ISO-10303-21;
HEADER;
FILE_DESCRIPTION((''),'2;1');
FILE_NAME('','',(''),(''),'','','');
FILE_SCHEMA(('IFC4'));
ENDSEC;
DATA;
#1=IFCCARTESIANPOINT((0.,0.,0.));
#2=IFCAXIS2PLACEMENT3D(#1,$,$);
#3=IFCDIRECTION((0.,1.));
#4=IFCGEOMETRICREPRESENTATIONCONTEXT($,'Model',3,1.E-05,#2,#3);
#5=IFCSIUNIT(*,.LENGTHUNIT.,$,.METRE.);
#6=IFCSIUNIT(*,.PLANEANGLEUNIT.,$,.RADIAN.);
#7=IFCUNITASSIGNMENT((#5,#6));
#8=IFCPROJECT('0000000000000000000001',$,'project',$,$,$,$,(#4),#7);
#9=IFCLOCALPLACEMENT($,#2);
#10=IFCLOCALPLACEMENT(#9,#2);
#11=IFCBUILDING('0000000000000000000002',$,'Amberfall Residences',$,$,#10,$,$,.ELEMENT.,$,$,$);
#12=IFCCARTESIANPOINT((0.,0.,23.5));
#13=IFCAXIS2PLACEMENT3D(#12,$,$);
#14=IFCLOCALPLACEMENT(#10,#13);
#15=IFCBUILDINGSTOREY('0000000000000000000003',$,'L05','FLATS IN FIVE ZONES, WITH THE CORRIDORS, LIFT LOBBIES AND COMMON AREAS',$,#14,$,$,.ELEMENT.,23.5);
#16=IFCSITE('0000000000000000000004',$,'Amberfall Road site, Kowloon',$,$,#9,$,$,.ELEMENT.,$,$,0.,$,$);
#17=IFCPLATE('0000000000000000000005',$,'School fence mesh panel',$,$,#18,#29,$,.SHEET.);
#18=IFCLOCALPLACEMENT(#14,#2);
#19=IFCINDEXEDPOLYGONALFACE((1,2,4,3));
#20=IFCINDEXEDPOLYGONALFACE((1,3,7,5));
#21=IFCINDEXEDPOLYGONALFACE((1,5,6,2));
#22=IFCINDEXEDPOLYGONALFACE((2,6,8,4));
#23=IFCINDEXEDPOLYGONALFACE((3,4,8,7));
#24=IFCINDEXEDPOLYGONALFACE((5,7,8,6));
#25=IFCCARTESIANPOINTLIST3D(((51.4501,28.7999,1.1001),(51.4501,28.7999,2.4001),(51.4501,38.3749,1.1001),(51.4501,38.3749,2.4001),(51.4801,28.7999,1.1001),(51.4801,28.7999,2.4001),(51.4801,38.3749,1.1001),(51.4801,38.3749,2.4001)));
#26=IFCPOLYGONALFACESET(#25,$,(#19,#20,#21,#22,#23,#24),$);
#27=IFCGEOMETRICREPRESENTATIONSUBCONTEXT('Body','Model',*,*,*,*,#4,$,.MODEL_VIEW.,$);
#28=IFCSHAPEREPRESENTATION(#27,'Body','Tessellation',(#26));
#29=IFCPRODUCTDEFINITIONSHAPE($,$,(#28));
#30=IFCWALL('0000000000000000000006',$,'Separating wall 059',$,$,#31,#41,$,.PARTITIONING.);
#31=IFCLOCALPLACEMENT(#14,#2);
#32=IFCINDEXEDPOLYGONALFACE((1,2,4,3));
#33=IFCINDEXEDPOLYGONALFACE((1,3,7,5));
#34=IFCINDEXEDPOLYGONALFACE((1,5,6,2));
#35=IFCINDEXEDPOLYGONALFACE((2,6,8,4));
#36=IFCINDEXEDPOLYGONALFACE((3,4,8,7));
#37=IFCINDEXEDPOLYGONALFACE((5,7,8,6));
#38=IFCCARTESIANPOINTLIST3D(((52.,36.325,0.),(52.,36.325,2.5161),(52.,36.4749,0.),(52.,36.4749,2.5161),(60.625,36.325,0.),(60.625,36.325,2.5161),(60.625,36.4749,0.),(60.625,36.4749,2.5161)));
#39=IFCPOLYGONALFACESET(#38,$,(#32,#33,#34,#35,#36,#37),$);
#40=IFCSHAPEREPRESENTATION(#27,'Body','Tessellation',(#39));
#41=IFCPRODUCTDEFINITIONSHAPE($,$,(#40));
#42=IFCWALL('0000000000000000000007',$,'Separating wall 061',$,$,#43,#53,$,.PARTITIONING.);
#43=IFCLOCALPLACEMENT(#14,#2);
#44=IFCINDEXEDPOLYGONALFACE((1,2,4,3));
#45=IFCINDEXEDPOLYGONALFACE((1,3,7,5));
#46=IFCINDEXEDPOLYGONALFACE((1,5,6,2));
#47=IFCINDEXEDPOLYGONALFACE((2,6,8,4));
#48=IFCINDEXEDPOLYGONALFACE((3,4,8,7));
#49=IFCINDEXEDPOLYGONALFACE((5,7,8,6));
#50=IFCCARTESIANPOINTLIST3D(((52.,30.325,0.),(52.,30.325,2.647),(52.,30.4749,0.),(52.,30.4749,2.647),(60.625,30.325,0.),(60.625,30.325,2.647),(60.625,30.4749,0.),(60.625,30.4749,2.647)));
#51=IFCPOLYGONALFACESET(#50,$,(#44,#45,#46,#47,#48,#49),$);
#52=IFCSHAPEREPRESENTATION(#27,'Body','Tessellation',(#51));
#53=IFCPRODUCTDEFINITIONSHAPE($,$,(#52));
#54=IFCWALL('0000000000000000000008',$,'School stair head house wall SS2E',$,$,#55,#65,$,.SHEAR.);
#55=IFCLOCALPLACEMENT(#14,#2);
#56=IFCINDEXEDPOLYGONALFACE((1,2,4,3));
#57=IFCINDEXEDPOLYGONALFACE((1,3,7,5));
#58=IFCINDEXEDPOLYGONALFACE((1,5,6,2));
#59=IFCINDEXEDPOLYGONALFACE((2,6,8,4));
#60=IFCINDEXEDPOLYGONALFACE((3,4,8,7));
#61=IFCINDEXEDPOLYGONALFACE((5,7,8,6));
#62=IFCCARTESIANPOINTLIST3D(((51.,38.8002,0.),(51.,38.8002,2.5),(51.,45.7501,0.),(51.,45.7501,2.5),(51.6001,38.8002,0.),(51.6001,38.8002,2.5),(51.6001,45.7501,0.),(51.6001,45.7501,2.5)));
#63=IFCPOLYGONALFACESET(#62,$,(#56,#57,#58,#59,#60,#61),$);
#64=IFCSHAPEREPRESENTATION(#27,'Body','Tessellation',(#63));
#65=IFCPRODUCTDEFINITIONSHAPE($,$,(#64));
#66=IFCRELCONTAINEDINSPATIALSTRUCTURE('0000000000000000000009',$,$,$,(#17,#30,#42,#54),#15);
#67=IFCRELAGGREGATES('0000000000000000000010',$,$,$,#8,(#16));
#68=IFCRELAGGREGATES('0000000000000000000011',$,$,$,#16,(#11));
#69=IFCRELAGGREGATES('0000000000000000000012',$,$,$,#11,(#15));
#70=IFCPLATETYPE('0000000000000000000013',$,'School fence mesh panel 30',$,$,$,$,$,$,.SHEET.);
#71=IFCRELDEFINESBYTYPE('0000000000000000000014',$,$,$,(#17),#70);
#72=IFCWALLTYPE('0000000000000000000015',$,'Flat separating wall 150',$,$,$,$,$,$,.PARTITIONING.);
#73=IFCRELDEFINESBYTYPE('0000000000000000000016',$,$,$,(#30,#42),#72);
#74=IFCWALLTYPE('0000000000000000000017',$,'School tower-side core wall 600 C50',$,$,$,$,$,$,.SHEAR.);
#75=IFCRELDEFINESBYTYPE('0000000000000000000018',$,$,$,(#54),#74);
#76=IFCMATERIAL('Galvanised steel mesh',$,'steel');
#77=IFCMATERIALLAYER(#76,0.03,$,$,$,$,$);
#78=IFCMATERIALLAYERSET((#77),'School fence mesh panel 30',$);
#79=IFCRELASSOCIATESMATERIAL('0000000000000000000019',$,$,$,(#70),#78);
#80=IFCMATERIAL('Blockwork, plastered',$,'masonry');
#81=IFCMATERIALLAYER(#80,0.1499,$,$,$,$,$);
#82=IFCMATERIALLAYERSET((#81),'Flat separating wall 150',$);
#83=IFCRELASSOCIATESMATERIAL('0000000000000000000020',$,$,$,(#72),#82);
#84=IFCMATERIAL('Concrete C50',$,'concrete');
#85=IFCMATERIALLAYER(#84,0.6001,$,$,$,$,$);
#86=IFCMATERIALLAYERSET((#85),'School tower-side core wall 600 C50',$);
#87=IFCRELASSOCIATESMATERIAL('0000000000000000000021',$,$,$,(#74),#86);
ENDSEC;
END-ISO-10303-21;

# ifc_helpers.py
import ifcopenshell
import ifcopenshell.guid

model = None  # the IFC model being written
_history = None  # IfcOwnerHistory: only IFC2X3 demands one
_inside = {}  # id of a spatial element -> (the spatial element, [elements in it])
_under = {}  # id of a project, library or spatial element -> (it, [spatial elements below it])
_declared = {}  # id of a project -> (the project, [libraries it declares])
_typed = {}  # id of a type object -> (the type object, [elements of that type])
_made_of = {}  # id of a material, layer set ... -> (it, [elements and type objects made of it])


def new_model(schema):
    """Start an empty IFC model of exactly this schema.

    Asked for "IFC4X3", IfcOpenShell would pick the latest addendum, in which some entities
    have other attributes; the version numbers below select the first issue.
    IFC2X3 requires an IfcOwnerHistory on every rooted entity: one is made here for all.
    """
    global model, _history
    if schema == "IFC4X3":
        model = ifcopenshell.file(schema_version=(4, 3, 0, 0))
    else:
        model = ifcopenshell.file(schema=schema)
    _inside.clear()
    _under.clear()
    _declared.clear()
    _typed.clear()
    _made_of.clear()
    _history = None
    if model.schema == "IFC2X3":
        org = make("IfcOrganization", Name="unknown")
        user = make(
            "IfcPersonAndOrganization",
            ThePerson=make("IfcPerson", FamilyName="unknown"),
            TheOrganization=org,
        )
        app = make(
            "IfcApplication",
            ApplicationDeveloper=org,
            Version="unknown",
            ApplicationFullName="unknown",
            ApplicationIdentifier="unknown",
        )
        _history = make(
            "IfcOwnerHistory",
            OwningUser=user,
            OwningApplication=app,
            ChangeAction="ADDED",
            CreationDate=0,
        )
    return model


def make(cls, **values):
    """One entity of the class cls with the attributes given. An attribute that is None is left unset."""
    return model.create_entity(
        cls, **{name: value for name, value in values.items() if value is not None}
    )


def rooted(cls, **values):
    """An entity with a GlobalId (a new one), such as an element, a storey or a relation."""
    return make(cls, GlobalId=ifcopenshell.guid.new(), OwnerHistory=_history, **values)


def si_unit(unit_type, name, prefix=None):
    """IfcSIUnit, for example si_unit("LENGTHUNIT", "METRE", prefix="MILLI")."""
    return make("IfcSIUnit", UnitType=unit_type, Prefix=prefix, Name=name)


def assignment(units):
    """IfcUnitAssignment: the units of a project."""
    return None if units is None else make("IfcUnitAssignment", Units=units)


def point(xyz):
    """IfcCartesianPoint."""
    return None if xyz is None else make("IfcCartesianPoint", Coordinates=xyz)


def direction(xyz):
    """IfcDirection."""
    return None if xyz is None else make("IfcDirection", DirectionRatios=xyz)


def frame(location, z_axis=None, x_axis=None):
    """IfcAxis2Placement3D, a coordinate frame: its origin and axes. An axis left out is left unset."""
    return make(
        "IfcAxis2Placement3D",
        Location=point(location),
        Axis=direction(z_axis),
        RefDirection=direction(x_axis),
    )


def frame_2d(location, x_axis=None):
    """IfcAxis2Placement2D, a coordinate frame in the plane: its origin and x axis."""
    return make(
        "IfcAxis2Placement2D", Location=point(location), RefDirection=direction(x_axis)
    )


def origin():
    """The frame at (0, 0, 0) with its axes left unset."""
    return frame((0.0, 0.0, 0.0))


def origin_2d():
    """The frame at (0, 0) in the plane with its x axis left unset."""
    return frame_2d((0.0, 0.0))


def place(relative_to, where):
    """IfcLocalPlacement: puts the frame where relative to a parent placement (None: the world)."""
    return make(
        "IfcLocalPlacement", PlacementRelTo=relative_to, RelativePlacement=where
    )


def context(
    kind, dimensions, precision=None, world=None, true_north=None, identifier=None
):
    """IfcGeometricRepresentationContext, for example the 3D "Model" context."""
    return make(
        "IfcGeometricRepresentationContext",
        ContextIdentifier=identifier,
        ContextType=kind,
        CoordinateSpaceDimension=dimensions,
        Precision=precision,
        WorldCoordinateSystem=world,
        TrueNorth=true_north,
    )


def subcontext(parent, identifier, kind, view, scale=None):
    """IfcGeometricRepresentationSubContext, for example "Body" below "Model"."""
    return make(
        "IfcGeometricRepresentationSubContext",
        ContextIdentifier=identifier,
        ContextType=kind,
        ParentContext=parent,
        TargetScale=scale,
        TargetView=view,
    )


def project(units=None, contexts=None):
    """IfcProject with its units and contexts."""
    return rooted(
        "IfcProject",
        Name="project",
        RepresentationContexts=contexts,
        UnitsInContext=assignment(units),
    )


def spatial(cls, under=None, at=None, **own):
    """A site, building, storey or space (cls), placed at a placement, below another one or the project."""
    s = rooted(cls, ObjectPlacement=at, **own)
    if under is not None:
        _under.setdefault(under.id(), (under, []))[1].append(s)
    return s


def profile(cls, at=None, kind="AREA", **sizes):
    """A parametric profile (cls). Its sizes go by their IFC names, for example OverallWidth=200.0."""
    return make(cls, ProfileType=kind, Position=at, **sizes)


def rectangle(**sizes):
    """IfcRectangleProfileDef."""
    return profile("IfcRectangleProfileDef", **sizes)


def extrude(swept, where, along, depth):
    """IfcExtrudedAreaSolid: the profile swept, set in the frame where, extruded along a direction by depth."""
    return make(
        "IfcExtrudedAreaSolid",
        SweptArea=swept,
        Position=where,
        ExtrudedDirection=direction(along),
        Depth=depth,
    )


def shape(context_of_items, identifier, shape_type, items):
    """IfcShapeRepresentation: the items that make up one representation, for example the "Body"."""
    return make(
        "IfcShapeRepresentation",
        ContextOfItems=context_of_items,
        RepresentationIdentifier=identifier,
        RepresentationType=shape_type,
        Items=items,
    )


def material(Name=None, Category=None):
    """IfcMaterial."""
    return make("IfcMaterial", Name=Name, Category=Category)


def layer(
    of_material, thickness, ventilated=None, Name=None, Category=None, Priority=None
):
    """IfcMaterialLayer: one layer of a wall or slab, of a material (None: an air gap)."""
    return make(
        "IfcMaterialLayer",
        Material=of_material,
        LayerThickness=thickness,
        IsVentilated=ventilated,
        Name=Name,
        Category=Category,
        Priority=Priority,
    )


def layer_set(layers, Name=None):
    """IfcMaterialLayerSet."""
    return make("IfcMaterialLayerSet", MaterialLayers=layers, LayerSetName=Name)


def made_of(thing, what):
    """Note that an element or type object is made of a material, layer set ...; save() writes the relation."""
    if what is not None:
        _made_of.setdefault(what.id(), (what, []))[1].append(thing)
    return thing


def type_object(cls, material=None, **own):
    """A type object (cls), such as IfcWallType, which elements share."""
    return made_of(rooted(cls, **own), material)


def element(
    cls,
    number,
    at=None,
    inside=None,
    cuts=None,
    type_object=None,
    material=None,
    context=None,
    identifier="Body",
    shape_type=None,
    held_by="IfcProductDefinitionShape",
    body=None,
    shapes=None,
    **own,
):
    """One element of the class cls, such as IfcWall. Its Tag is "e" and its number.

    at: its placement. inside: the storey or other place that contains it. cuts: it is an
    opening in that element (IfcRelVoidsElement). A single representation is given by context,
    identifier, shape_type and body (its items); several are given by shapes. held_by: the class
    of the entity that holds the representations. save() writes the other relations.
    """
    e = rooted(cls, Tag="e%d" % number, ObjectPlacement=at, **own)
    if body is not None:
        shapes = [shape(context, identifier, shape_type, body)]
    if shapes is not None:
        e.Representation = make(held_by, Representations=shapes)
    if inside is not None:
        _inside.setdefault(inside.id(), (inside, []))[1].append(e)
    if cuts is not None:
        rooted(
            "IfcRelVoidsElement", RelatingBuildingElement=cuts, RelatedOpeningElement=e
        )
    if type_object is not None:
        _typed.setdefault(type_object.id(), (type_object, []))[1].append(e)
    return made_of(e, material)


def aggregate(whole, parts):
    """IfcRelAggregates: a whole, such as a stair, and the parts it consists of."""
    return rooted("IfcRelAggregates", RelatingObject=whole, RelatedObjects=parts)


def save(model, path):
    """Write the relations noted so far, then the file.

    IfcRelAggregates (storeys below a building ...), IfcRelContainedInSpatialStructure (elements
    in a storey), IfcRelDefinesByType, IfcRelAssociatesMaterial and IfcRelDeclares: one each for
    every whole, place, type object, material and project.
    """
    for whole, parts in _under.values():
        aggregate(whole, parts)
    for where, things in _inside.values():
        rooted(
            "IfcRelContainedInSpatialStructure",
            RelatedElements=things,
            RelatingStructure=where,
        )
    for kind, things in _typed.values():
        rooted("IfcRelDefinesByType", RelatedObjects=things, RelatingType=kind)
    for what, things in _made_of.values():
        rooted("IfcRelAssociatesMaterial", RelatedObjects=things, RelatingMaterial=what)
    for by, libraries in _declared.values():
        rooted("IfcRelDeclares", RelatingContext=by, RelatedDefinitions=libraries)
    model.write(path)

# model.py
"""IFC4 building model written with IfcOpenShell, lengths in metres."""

from ifc_helpers import new_model, si_unit, direction, frame, frame_2d, origin, origin_2d, place, context, subcontext, project, spatial, rectangle, extrude, material, layer, layer_set, type_object, element, save


model = new_model("IFC4")

# Units and contexts
model_context = context("Model", 3, precision=1e-05, world=origin(), true_north=direction((0.0, 1.0)))
body_context = subcontext(model_context, "Body", "Model", "MODEL_VIEW")
ifc_project = project(units=[si_unit("LENGTHUNIT", "METRE"), si_unit("PLANEANGLEUNIT", "RADIAN")], contexts=[model_context])

# Site, building, storey
site_placement = place(None, origin())
site = spatial("IfcSite", under=ifc_project, at=site_placement, Name="Amberfall Road site, Kowloon", CompositionType="ELEMENT", RefElevation=0.0)
building_placement = place(site_placement, origin())
building = spatial("IfcBuilding", under=site, at=building_placement, Name="Amberfall Residences", CompositionType="ELEMENT")
storey_placement = place(building_placement, frame((0.0, 0.0, 23.5)))
storey = spatial("IfcBuildingStorey", under=building, at=storey_placement, Name="L05", Description="FLATS IN FIVE ZONES, WITH THE CORRIDORS, LIFT LOBBIES AND COMMON AREAS", CompositionType="ELEMENT", Elevation=23.5)

# Plate
ifc_material_1 = material(Name="Galvanised steel mesh", Category="steel")
ifc_layer_1 = layer(ifc_material_1, 0.03)
ifc_layer_set_1 = layer_set([ifc_layer_1], Name="School fence mesh panel 30")
plate_type_1 = type_object("IfcPlateType", Name="School fence mesh panel 30", PredefinedType="SHEET", material=ifc_layer_set_1)
plate_1_placement = place(storey_placement, frame((51.4651, 33.5874, 1.1001), z_axis=(0.0, 0.0, 1.0), x_axis=(0.0, 1.0, 0.0)))
element("IfcPlate", 1, at=plate_1_placement, inside=storey, type_object=plate_type_1, Name="School fence mesh panel", PredefinedType="SHEET", context=body_context, shape_type="SweptSolid", body=[
    extrude(rectangle(XDim=9.575, YDim=0.03, at=origin_2d()), origin(), (0.0, 0.0, 1.0), 1.3),
])

# Walls
ifc_material_2 = material(Name="Blockwork, plastered", Category="masonry")
ifc_layer_2 = layer(ifc_material_2, 0.1499)
ifc_layer_set_2 = layer_set([ifc_layer_2], Name="Flat separating wall 150")
wall_type_1 = type_object("IfcWallType", Name="Flat separating wall 150", PredefinedType="PARTITIONING", material=ifc_layer_set_2)
wall_1_placement = place(storey_placement, frame((52.0, 36.3999, 0.0), z_axis=(0.0, 0.0, 1.0), x_axis=(1.0, 0.0, 0.0)))
element("IfcWall", 2, at=wall_1_placement, inside=storey, type_object=wall_type_1, Name="Separating wall 059", PredefinedType="PARTITIONING", context=body_context, shape_type="SweptSolid", body=[
    extrude(rectangle(XDim=8.625, YDim=0.1499, at=frame_2d((4.3125, 0.0))), origin(), (0.0, 0.0, 1.0), 2.5161),
])
wall_2_placement = place(storey_placement, frame((52.0, 30.3999, 0.0), z_axis=(0.0, 0.0, 1.0), x_axis=(1.0, 0.0, 0.0)))
element("IfcWall", 3, at=wall_2_placement, inside=storey, type_object=wall_type_1, Name="Separating wall 061", PredefinedType="PARTITIONING", context=body_context, shape_type="SweptSolid", body=[
    extrude(rectangle(XDim=8.625, YDim=0.1499, at=frame_2d((4.3125, 0.0))), origin(), (0.0, 0.0, 1.0), 2.647),
])
ifc_material_3 = material(Name="Concrete C50", Category="concrete")
ifc_layer_3 = layer(ifc_material_3, 0.6001)
ifc_layer_set_3 = layer_set([ifc_layer_3], Name="School tower-side core wall 600 C50")
wall_type_2 = type_object("IfcWallType", Name="School tower-side core wall 600 C50", PredefinedType="SHEAR", material=ifc_layer_set_3)
wall_3_placement = place(storey_placement, frame((51.3, 38.8, 0.0), z_axis=(0.0, 0.0, 1.0), x_axis=(0.0, 1.0, 0.0)))
element("IfcWall", 4, at=wall_3_placement, inside=storey, type_object=wall_type_2, Name="School stair head house wall SS2E", PredefinedType="SHEAR", context=body_context, shape_type="SweptSolid", body=[
    extrude(rectangle(XDim=6.95, YDim=0.6001, at=frame_2d((3.4751, 0.0))), origin(), (0.0, 0.0, 1.0), 2.5),
])

save(model, "model.ifc")
